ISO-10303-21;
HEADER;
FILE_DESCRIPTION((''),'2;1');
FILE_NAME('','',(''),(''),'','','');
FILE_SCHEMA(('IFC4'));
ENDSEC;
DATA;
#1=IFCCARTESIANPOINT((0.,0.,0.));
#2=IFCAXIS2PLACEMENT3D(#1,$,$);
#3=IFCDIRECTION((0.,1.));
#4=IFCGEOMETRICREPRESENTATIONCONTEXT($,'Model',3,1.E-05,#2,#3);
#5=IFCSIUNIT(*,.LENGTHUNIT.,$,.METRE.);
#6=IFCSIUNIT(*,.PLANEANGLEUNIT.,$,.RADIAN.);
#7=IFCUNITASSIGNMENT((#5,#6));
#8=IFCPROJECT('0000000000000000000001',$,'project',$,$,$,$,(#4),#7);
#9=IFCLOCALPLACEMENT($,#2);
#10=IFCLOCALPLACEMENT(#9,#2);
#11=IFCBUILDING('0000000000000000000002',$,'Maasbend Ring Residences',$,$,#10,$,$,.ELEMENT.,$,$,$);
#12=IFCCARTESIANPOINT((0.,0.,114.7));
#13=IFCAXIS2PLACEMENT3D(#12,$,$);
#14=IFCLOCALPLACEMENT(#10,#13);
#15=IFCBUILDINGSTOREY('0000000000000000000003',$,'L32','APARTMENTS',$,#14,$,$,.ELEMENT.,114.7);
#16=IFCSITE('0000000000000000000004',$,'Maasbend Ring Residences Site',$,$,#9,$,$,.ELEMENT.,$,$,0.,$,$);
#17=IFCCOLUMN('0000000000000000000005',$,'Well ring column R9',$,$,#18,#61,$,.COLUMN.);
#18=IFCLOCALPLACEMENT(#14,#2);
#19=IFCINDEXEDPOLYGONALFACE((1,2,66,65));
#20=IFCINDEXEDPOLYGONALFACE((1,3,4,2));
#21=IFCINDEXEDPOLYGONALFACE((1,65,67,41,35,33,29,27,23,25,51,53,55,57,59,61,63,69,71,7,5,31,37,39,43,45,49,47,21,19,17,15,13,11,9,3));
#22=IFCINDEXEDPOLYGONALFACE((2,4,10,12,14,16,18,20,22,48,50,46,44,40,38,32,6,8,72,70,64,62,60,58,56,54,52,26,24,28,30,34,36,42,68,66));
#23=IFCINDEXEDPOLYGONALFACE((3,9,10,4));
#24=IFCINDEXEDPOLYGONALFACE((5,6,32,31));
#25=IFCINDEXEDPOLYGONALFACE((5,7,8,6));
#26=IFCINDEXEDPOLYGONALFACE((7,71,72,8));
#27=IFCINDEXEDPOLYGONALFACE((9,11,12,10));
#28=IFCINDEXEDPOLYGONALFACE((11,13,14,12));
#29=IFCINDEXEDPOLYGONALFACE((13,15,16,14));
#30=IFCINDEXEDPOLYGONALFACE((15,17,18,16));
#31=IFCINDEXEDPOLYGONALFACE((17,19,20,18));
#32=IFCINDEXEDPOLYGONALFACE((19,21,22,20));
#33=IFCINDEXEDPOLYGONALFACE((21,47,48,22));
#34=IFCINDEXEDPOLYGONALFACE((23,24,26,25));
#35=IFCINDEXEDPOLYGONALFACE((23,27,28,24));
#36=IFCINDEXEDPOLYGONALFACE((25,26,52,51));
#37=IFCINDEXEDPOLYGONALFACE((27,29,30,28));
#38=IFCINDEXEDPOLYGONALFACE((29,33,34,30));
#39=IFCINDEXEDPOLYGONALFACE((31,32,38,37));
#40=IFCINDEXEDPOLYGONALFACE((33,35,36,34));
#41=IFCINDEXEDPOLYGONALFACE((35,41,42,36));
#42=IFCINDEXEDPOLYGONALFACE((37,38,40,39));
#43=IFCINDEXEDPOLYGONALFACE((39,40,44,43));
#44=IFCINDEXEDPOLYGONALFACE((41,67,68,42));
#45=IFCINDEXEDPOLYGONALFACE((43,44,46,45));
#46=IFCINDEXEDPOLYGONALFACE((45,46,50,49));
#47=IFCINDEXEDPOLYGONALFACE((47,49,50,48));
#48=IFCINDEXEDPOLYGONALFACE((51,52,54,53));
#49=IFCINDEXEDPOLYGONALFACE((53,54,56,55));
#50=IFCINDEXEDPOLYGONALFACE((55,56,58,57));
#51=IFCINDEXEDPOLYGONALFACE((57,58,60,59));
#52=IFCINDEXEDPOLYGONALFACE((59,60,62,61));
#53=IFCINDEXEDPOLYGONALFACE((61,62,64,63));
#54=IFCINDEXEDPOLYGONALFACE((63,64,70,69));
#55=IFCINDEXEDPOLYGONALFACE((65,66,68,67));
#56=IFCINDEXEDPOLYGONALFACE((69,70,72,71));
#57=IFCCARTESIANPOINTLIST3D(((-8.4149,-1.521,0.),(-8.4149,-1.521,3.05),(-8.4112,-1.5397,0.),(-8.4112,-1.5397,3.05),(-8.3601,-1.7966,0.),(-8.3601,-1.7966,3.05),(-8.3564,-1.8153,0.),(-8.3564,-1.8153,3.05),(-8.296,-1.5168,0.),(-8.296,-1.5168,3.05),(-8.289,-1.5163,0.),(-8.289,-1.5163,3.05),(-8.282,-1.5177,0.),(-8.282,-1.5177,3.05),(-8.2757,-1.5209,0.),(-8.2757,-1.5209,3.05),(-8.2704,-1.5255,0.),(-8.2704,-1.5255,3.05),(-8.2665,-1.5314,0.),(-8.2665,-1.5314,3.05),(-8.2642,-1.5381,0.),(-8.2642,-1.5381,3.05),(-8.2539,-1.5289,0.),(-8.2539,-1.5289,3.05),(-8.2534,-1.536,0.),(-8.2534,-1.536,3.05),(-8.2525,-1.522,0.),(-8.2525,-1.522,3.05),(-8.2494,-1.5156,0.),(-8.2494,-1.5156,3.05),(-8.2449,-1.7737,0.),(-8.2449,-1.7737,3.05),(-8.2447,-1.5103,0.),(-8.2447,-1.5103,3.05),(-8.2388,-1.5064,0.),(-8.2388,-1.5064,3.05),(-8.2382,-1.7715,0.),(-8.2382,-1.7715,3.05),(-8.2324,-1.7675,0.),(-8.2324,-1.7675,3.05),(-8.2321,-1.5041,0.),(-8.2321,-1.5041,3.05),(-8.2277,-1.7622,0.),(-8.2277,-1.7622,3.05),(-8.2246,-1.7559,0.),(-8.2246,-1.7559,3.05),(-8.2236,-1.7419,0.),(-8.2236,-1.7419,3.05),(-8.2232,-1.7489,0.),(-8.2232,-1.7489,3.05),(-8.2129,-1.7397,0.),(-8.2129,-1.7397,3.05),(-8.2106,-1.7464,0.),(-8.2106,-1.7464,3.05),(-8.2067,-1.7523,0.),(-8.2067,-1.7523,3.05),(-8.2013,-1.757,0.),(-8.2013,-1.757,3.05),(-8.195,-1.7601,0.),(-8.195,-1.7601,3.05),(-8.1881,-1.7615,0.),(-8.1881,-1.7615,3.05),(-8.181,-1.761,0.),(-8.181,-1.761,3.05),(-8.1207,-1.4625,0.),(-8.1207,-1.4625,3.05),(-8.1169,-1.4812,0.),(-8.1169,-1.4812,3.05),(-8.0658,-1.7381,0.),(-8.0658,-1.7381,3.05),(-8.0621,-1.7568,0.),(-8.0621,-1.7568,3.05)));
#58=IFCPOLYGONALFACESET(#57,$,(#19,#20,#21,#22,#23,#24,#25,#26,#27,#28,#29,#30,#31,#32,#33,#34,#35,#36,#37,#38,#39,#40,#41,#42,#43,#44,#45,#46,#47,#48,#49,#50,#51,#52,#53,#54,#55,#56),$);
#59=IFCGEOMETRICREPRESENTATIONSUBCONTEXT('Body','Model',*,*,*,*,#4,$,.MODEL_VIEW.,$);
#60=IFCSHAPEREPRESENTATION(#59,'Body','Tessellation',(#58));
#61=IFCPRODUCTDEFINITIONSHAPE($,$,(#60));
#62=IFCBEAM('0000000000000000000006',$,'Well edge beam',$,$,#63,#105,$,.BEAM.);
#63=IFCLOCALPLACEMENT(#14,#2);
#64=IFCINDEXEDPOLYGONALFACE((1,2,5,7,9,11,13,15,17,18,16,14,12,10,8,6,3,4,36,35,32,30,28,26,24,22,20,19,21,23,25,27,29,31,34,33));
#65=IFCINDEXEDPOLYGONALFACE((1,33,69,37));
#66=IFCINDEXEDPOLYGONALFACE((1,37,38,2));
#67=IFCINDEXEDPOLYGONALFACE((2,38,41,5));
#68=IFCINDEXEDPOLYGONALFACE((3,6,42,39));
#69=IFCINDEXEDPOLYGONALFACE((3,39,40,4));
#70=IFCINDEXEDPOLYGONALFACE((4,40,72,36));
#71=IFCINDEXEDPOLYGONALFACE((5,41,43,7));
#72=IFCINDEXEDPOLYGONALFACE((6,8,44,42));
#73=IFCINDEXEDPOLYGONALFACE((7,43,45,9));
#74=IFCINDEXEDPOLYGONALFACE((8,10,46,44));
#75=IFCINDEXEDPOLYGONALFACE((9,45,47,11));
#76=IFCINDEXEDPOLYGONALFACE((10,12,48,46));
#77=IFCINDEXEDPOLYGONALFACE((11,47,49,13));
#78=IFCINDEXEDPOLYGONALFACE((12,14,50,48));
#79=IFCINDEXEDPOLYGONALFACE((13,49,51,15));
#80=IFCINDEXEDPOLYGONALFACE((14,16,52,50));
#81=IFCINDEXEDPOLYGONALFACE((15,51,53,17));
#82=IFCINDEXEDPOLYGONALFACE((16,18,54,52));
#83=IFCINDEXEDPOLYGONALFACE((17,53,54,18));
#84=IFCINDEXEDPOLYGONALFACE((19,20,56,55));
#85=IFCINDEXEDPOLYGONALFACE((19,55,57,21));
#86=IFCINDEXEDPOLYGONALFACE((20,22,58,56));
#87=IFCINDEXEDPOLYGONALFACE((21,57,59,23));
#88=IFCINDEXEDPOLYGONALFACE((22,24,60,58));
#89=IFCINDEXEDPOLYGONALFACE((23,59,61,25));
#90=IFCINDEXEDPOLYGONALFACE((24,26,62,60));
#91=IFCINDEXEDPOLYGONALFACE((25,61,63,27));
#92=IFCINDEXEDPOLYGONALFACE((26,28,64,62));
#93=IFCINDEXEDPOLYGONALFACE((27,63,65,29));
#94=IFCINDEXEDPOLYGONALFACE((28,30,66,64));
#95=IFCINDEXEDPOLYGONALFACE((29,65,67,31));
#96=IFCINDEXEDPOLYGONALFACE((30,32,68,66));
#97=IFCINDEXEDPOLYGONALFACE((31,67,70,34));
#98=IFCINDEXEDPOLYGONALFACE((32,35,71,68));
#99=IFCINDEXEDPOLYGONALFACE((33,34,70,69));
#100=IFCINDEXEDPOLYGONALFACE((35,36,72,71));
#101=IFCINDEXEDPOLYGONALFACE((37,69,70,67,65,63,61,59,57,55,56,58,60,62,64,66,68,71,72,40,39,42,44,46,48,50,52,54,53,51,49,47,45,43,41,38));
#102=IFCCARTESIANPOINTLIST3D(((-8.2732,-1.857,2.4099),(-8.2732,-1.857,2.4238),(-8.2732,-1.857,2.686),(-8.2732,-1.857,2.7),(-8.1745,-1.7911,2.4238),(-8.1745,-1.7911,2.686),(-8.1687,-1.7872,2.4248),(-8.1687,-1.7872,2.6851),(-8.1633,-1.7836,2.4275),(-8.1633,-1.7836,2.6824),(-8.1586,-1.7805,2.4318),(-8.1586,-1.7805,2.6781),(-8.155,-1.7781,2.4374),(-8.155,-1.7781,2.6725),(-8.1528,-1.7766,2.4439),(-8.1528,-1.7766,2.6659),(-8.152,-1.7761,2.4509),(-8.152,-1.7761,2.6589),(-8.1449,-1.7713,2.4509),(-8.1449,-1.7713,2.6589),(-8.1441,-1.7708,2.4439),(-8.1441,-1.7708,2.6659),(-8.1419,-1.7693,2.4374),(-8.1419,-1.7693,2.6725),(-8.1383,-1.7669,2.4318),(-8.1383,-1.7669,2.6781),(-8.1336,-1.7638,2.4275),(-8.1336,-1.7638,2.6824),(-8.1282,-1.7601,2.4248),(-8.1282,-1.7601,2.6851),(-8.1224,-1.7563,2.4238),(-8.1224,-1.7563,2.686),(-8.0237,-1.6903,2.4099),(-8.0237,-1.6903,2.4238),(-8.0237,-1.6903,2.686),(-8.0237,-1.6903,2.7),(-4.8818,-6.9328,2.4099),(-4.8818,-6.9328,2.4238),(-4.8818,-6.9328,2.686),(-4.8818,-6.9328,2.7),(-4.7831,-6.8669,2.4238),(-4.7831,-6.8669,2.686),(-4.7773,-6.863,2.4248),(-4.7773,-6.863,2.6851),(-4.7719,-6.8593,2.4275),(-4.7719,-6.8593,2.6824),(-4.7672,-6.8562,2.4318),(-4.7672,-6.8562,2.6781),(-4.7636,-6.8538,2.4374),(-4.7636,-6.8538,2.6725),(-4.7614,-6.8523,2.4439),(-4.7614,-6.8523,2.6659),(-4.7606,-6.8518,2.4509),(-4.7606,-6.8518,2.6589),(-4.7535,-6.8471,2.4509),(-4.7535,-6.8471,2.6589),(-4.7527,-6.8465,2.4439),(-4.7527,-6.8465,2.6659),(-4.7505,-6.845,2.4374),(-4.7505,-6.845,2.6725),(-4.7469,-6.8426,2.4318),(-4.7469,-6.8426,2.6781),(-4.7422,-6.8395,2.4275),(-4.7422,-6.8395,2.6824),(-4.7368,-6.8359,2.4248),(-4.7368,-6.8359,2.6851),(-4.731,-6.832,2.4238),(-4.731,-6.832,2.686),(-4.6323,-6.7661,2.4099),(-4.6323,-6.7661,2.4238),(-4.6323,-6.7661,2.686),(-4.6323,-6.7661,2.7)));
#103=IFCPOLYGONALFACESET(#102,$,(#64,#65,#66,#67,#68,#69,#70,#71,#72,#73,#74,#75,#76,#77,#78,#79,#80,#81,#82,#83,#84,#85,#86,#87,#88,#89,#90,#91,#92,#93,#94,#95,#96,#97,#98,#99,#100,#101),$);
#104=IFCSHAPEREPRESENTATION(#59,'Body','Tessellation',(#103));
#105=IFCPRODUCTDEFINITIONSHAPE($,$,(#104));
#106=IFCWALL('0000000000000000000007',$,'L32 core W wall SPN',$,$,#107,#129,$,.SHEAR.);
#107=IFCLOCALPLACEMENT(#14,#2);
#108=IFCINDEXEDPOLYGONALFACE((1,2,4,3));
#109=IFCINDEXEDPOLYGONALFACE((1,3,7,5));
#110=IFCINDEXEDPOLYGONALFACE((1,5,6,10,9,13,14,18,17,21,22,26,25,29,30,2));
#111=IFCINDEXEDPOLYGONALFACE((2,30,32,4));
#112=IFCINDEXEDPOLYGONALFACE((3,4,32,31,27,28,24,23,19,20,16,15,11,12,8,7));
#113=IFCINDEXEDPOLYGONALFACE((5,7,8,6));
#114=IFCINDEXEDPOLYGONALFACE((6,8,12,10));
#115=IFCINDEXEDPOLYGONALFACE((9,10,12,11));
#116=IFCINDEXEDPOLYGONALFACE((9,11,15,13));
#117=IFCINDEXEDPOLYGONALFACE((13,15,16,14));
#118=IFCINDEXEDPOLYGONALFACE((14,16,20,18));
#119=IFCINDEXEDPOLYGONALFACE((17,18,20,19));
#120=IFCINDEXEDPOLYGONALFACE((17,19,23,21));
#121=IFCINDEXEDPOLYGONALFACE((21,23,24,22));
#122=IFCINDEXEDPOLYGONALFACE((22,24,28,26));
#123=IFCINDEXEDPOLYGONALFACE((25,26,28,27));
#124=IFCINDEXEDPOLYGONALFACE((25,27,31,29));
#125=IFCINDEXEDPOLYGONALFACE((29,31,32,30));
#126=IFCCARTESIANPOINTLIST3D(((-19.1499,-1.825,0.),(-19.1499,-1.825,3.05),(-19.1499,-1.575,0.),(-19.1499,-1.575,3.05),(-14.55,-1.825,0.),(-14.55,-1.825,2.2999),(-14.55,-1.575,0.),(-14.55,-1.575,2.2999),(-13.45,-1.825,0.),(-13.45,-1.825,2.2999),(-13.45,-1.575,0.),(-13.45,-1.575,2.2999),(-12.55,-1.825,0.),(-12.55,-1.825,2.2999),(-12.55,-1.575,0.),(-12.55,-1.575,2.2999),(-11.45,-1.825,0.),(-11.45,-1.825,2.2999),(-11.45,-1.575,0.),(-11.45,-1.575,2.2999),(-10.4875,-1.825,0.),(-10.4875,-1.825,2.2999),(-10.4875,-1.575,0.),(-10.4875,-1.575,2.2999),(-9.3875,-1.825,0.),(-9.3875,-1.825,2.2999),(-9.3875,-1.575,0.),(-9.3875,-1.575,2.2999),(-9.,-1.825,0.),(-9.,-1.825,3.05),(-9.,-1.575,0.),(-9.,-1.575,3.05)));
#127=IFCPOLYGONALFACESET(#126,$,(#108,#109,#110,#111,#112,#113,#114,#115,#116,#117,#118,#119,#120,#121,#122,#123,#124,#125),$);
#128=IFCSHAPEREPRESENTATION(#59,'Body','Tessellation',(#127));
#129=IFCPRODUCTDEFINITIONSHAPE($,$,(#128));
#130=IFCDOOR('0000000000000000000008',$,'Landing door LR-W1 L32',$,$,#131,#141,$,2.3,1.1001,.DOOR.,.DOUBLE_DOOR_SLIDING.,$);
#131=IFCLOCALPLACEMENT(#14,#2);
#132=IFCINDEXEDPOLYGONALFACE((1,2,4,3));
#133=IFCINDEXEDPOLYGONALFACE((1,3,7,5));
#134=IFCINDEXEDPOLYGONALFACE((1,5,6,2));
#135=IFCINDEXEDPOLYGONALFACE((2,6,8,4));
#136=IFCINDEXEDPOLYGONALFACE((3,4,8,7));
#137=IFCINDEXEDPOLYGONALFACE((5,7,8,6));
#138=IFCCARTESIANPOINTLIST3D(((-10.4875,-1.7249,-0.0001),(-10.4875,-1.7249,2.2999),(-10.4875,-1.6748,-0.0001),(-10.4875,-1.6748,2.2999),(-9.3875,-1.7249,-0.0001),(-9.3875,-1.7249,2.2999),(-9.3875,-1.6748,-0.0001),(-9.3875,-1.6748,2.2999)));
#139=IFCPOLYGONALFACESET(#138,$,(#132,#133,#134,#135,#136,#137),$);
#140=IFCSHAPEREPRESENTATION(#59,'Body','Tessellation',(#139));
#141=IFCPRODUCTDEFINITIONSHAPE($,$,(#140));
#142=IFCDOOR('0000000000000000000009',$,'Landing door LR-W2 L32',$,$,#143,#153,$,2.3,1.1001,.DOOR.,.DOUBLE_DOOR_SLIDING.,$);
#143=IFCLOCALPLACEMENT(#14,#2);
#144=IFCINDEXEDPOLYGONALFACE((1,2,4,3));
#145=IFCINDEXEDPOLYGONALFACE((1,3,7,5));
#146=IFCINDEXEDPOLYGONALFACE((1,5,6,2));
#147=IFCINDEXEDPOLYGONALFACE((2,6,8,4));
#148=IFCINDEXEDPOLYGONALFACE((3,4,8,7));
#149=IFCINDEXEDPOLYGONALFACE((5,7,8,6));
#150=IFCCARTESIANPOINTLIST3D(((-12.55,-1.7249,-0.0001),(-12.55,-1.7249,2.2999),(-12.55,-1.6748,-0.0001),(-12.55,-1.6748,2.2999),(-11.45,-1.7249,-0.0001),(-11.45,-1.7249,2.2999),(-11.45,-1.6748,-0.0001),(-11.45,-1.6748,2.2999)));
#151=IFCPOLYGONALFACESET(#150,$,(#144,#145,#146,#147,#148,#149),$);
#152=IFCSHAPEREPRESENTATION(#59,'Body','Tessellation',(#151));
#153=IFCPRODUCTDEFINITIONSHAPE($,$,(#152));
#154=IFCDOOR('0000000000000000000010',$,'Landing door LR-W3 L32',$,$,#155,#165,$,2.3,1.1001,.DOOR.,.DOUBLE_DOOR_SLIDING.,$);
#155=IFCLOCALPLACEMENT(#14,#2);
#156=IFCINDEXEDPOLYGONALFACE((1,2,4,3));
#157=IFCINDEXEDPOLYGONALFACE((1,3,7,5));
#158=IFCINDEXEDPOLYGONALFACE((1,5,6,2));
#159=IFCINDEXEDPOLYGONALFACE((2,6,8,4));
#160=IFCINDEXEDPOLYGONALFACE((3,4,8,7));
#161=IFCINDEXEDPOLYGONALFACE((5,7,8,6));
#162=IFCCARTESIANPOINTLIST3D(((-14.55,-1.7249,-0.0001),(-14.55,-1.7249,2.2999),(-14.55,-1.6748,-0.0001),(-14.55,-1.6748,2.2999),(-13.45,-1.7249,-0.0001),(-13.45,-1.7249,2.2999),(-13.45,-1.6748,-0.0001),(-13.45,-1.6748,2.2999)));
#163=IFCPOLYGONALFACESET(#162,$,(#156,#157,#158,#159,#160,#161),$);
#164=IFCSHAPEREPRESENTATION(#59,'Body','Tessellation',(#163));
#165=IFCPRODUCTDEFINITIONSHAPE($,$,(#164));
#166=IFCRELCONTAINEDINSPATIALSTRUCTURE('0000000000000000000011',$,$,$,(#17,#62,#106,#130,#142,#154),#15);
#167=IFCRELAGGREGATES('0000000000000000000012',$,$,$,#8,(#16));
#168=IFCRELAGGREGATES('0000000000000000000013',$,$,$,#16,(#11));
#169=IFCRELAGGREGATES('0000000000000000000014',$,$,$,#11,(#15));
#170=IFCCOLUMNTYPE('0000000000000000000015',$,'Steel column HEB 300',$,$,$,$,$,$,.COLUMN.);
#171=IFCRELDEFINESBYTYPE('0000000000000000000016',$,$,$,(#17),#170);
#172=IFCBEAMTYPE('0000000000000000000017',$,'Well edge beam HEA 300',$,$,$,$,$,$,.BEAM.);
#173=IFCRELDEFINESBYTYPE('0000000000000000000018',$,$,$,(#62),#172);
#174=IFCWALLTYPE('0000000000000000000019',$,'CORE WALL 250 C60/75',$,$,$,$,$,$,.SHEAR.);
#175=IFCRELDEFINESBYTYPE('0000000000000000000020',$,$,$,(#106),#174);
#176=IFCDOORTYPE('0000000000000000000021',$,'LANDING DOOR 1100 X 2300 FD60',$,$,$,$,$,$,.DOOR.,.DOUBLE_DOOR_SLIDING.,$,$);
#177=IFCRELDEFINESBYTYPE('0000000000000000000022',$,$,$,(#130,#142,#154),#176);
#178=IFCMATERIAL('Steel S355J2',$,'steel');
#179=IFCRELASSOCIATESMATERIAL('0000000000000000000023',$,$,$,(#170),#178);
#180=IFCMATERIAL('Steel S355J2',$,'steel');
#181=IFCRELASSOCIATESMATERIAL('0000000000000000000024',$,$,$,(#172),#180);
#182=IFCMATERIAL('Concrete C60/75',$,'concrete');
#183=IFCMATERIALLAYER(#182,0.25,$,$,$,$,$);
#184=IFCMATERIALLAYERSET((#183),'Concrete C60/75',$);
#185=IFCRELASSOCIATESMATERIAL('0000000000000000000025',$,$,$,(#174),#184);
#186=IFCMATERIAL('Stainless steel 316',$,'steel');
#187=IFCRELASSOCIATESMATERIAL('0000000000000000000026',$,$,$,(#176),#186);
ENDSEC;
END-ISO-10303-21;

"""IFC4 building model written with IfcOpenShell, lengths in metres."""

from ifc_helpers import new_model, si_unit, direction, frame, frame_2d, origin, origin_2d, place, context, subcontext, project, spatial, rectangle, i_section, extrude, material, layer, layer_set, material_profile, profile_set, type_object, element, fill, save


model = new_model("IFC4")

# Units and contexts
model_context = context("Model", 3, precision=1e-05, world=origin(), true_north=direction((0.0, 1.0)))
body_context = subcontext(model_context, "Body", "Model", "MODEL_VIEW")
ifc_project = project(units=[si_unit("LENGTHUNIT", "METRE"), si_unit("PLANEANGLEUNIT", "RADIAN")], contexts=[model_context])

# Site, building, storey
site_placement = place(None, origin())
site = spatial("IfcSite", under=ifc_project, at=site_placement, Name="Maasbend Ring Residences Site", CompositionType="ELEMENT", RefElevation=0.0)
building_placement = place(site_placement, origin())
building = spatial("IfcBuilding", under=site, at=building_placement, Name="Maasbend Ring Residences", CompositionType="ELEMENT")
storey_placement = place(building_placement, frame((0.0, 0.0, 114.7)))
storey = spatial("IfcBuildingStorey", under=building, at=storey_placement, Name="L32", Description="APARTMENTS", CompositionType="ELEMENT", Elevation=114.7)

# Column
ifc_material_1 = material(Name="Steel S355J2", Category="steel")
ifc_material_profile_1 = material_profile(ifc_material_1, i_section(OverallWidth=0.3, OverallDepth=0.3, WebThickness=0.011, FlangeThickness=0.019, FilletRadius=0.0271, at=origin_2d()), Name="HEB 300")
ifc_profile_set_1 = profile_set([ifc_material_profile_1], Name="Steel S355J2")
column_type = type_object("IfcColumnType", Name="Steel column HEB 300", PredefinedType="COLUMN", material=ifc_profile_set_1)
column_placement = place(storey_placement, frame((-8.2385, -1.6389, 0.0), z_axis=(0.0, 0.0, 1.0), x_axis=(-0.980785, -0.19509, 0.0)))
element("IfcColumn", 1, at=column_placement, inside=storey, type_object=column_type, Name="Well ring column R9", PredefinedType="COLUMN", context=body_context, shape_type="SweptSolid", body=[
    extrude(i_section(OverallWidth=0.3, OverallDepth=0.3, WebThickness=0.011, FlangeThickness=0.019, FilletRadius=0.0271, at=origin_2d()), origin(), (0.0, 0.0, 1.0), 3.05),
])

# Beam
ifc_material_2 = material(Name="Steel S355J2", Category="steel")
ifc_material_profile_2 = material_profile(ifc_material_2, i_section(OverallWidth=0.3, OverallDepth=0.29, WebThickness=0.0085, FlangeThickness=0.0139, FilletRadius=0.0271, at=origin_2d()), Name="HEA 300")
ifc_profile_set_2 = profile_set([ifc_material_profile_2], Name="Steel S355J2")
beam_type = type_object("IfcBeamType", Name="Well edge beam HEA 300", PredefinedType="BEAM", material=ifc_profile_set_2)
beam_placement = place(storey_placement, frame((-8.1484, -1.7737, 2.5549), z_axis=(0.555558, -0.831478, 0.0), x_axis=(0.831478, 0.555558, 0.0)))
element("IfcBeam", 2, at=beam_placement, inside=storey, type_object=beam_type, Name="Well edge beam", PredefinedType="BEAM", context=body_context, shape_type="SweptSolid", body=[
    extrude(i_section(OverallWidth=0.3, OverallDepth=0.29, WebThickness=0.0085, FlangeThickness=0.0139, FilletRadius=0.0271, at=origin_2d()), origin(), (0.0, 0.0, 1.0), 6.1045),
])

# Wall, openings, doors
ifc_material_3 = material(Name="Concrete C60/75", Category="concrete")
ifc_layer_1 = layer(ifc_material_3, 0.25)
ifc_layer_set_1 = layer_set([ifc_layer_1], Name="Concrete C60/75")
wall_type_1 = type_object("IfcWallType", Name="CORE WALL 250 C60/75", PredefinedType="SHEAR", material=ifc_layer_set_1)
wall_1_placement = place(storey_placement, frame((-9.0, -1.7, 0.0), z_axis=(0.0, 0.0, 1.0), x_axis=(-1.0, 0.0, 0.0)))
wall_1 = element("IfcWall", 3, at=wall_1_placement, inside=storey, type_object=wall_type_1, Name="L32 core W wall SPN", PredefinedType="SHEAR", context=body_context, shape_type="SweptSolid", body=[
    extrude(rectangle(XDim=10.1499, YDim=0.25, at=frame_2d((5.075, 0.0))), origin(), (0.0, 0.0, 1.0), 3.05),
])
opening_1_placement = place(wall_1_placement, frame((0.3875, 0.0, 0.0)))
opening_1 = element("IfcOpeningElement", 4, at=opening_1_placement, cuts=wall_1, PredefinedType="OPENING", context=body_context, shape_type="SweptSolid", body=[
    extrude(rectangle(XDim=1.1001, YDim=2.3, at=frame_2d((0.55, 1.1499))), frame((0.0, 0.135, 0.0), z_axis=(0.0, -1.0, 0.0), x_axis=(1.0, 0.0, 0.0)), (0.0, 0.0, 1.0), 0.27),
])
opening_2_placement = place(wall_1_placement, frame((2.45, 0.0, 0.0)))
opening_2 = element("IfcOpeningElement", 5, at=opening_2_placement, cuts=wall_1, PredefinedType="OPENING", context=body_context, shape_type="SweptSolid", body=[
    extrude(rectangle(XDim=1.1001, YDim=2.3, at=frame_2d((0.55, 1.1499))), frame((0.0, 0.135, 0.0), z_axis=(0.0, -1.0, 0.0), x_axis=(1.0, 0.0, 0.0)), (0.0, 0.0, 1.0), 0.27),
])
opening_3_placement = place(wall_1_placement, frame((4.45, 0.0, 0.0)))
opening_3 = element("IfcOpeningElement", 6, at=opening_3_placement, cuts=wall_1, PredefinedType="OPENING", context=body_context, shape_type="SweptSolid", body=[
    extrude(rectangle(XDim=1.1001, YDim=2.3, at=frame_2d((0.55, 1.1499))), frame((0.0, 0.135, 0.0), z_axis=(0.0, -1.0, 0.0), x_axis=(1.0, 0.0, 0.0)), (0.0, 0.0, 1.0), 0.27),
])
ifc_material_4 = material(Name="Stainless steel 316", Category="steel")
door_type_1 = type_object("IfcDoorType", Name="LANDING DOOR 1100 X 2300 FD60", OperationType="DOUBLE_DOOR_SLIDING", PredefinedType="DOOR", material=ifc_material_4)
door_1_placement = place(opening_1_placement, origin())
door_1 = element("IfcDoor", 7, at=door_1_placement, inside=storey, type_object=door_type_1, Name="Landing door LR-W1 L32", OperationType="DOUBLE_DOOR_SLIDING", OverallHeight=2.3, OverallWidth=1.1001, PredefinedType="DOOR", context=body_context, shape_type="SweptSolid", body=[
    extrude(rectangle(XDim=1.1001, YDim=2.3, at=frame_2d((0.55, 1.1499))), frame((0.0, 0.0249, 0.0), z_axis=(0.0, -1.0, 0.0), x_axis=(1.0, 0.0, 0.0)), (0.0, 0.0, 1.0), 0.05),
])
fill(opening_1, door_1)
door_2_placement = place(opening_2_placement, origin())
door_2 = element("IfcDoor", 8, at=door_2_placement, inside=storey, type_object=door_type_1, Name="Landing door LR-W2 L32", OperationType="DOUBLE_DOOR_SLIDING", OverallHeight=2.3, OverallWidth=1.1001, PredefinedType="DOOR", context=body_context, shape_type="SweptSolid", body=[
    extrude(rectangle(XDim=1.1001, YDim=2.3, at=frame_2d((0.55, 1.1499))), frame((0.0, 0.0249, 0.0), z_axis=(0.0, -1.0, 0.0), x_axis=(1.0, 0.0, 0.0)), (0.0, 0.0, 1.0), 0.05),
])
fill(opening_2, door_2)
door_3_placement = place(opening_3_placement, origin())
door_3 = element("IfcDoor", 9, at=door_3_placement, inside=storey, type_object=door_type_1, Name="Landing door LR-W3 L32", OperationType="DOUBLE_DOOR_SLIDING", OverallHeight=2.3, OverallWidth=1.1001, PredefinedType="DOOR", context=body_context, shape_type="SweptSolid", body=[
    extrude(rectangle(XDim=1.1001, YDim=2.3, at=frame_2d((0.55, 1.1499))), frame((0.0, 0.0249, 0.0), z_axis=(0.0, -1.0, 0.0), x_axis=(1.0, 0.0, 0.0)), (0.0, 0.0, 1.0), 0.05),
])
fill(opening_3, door_3)

save(model, "model.ifc")
